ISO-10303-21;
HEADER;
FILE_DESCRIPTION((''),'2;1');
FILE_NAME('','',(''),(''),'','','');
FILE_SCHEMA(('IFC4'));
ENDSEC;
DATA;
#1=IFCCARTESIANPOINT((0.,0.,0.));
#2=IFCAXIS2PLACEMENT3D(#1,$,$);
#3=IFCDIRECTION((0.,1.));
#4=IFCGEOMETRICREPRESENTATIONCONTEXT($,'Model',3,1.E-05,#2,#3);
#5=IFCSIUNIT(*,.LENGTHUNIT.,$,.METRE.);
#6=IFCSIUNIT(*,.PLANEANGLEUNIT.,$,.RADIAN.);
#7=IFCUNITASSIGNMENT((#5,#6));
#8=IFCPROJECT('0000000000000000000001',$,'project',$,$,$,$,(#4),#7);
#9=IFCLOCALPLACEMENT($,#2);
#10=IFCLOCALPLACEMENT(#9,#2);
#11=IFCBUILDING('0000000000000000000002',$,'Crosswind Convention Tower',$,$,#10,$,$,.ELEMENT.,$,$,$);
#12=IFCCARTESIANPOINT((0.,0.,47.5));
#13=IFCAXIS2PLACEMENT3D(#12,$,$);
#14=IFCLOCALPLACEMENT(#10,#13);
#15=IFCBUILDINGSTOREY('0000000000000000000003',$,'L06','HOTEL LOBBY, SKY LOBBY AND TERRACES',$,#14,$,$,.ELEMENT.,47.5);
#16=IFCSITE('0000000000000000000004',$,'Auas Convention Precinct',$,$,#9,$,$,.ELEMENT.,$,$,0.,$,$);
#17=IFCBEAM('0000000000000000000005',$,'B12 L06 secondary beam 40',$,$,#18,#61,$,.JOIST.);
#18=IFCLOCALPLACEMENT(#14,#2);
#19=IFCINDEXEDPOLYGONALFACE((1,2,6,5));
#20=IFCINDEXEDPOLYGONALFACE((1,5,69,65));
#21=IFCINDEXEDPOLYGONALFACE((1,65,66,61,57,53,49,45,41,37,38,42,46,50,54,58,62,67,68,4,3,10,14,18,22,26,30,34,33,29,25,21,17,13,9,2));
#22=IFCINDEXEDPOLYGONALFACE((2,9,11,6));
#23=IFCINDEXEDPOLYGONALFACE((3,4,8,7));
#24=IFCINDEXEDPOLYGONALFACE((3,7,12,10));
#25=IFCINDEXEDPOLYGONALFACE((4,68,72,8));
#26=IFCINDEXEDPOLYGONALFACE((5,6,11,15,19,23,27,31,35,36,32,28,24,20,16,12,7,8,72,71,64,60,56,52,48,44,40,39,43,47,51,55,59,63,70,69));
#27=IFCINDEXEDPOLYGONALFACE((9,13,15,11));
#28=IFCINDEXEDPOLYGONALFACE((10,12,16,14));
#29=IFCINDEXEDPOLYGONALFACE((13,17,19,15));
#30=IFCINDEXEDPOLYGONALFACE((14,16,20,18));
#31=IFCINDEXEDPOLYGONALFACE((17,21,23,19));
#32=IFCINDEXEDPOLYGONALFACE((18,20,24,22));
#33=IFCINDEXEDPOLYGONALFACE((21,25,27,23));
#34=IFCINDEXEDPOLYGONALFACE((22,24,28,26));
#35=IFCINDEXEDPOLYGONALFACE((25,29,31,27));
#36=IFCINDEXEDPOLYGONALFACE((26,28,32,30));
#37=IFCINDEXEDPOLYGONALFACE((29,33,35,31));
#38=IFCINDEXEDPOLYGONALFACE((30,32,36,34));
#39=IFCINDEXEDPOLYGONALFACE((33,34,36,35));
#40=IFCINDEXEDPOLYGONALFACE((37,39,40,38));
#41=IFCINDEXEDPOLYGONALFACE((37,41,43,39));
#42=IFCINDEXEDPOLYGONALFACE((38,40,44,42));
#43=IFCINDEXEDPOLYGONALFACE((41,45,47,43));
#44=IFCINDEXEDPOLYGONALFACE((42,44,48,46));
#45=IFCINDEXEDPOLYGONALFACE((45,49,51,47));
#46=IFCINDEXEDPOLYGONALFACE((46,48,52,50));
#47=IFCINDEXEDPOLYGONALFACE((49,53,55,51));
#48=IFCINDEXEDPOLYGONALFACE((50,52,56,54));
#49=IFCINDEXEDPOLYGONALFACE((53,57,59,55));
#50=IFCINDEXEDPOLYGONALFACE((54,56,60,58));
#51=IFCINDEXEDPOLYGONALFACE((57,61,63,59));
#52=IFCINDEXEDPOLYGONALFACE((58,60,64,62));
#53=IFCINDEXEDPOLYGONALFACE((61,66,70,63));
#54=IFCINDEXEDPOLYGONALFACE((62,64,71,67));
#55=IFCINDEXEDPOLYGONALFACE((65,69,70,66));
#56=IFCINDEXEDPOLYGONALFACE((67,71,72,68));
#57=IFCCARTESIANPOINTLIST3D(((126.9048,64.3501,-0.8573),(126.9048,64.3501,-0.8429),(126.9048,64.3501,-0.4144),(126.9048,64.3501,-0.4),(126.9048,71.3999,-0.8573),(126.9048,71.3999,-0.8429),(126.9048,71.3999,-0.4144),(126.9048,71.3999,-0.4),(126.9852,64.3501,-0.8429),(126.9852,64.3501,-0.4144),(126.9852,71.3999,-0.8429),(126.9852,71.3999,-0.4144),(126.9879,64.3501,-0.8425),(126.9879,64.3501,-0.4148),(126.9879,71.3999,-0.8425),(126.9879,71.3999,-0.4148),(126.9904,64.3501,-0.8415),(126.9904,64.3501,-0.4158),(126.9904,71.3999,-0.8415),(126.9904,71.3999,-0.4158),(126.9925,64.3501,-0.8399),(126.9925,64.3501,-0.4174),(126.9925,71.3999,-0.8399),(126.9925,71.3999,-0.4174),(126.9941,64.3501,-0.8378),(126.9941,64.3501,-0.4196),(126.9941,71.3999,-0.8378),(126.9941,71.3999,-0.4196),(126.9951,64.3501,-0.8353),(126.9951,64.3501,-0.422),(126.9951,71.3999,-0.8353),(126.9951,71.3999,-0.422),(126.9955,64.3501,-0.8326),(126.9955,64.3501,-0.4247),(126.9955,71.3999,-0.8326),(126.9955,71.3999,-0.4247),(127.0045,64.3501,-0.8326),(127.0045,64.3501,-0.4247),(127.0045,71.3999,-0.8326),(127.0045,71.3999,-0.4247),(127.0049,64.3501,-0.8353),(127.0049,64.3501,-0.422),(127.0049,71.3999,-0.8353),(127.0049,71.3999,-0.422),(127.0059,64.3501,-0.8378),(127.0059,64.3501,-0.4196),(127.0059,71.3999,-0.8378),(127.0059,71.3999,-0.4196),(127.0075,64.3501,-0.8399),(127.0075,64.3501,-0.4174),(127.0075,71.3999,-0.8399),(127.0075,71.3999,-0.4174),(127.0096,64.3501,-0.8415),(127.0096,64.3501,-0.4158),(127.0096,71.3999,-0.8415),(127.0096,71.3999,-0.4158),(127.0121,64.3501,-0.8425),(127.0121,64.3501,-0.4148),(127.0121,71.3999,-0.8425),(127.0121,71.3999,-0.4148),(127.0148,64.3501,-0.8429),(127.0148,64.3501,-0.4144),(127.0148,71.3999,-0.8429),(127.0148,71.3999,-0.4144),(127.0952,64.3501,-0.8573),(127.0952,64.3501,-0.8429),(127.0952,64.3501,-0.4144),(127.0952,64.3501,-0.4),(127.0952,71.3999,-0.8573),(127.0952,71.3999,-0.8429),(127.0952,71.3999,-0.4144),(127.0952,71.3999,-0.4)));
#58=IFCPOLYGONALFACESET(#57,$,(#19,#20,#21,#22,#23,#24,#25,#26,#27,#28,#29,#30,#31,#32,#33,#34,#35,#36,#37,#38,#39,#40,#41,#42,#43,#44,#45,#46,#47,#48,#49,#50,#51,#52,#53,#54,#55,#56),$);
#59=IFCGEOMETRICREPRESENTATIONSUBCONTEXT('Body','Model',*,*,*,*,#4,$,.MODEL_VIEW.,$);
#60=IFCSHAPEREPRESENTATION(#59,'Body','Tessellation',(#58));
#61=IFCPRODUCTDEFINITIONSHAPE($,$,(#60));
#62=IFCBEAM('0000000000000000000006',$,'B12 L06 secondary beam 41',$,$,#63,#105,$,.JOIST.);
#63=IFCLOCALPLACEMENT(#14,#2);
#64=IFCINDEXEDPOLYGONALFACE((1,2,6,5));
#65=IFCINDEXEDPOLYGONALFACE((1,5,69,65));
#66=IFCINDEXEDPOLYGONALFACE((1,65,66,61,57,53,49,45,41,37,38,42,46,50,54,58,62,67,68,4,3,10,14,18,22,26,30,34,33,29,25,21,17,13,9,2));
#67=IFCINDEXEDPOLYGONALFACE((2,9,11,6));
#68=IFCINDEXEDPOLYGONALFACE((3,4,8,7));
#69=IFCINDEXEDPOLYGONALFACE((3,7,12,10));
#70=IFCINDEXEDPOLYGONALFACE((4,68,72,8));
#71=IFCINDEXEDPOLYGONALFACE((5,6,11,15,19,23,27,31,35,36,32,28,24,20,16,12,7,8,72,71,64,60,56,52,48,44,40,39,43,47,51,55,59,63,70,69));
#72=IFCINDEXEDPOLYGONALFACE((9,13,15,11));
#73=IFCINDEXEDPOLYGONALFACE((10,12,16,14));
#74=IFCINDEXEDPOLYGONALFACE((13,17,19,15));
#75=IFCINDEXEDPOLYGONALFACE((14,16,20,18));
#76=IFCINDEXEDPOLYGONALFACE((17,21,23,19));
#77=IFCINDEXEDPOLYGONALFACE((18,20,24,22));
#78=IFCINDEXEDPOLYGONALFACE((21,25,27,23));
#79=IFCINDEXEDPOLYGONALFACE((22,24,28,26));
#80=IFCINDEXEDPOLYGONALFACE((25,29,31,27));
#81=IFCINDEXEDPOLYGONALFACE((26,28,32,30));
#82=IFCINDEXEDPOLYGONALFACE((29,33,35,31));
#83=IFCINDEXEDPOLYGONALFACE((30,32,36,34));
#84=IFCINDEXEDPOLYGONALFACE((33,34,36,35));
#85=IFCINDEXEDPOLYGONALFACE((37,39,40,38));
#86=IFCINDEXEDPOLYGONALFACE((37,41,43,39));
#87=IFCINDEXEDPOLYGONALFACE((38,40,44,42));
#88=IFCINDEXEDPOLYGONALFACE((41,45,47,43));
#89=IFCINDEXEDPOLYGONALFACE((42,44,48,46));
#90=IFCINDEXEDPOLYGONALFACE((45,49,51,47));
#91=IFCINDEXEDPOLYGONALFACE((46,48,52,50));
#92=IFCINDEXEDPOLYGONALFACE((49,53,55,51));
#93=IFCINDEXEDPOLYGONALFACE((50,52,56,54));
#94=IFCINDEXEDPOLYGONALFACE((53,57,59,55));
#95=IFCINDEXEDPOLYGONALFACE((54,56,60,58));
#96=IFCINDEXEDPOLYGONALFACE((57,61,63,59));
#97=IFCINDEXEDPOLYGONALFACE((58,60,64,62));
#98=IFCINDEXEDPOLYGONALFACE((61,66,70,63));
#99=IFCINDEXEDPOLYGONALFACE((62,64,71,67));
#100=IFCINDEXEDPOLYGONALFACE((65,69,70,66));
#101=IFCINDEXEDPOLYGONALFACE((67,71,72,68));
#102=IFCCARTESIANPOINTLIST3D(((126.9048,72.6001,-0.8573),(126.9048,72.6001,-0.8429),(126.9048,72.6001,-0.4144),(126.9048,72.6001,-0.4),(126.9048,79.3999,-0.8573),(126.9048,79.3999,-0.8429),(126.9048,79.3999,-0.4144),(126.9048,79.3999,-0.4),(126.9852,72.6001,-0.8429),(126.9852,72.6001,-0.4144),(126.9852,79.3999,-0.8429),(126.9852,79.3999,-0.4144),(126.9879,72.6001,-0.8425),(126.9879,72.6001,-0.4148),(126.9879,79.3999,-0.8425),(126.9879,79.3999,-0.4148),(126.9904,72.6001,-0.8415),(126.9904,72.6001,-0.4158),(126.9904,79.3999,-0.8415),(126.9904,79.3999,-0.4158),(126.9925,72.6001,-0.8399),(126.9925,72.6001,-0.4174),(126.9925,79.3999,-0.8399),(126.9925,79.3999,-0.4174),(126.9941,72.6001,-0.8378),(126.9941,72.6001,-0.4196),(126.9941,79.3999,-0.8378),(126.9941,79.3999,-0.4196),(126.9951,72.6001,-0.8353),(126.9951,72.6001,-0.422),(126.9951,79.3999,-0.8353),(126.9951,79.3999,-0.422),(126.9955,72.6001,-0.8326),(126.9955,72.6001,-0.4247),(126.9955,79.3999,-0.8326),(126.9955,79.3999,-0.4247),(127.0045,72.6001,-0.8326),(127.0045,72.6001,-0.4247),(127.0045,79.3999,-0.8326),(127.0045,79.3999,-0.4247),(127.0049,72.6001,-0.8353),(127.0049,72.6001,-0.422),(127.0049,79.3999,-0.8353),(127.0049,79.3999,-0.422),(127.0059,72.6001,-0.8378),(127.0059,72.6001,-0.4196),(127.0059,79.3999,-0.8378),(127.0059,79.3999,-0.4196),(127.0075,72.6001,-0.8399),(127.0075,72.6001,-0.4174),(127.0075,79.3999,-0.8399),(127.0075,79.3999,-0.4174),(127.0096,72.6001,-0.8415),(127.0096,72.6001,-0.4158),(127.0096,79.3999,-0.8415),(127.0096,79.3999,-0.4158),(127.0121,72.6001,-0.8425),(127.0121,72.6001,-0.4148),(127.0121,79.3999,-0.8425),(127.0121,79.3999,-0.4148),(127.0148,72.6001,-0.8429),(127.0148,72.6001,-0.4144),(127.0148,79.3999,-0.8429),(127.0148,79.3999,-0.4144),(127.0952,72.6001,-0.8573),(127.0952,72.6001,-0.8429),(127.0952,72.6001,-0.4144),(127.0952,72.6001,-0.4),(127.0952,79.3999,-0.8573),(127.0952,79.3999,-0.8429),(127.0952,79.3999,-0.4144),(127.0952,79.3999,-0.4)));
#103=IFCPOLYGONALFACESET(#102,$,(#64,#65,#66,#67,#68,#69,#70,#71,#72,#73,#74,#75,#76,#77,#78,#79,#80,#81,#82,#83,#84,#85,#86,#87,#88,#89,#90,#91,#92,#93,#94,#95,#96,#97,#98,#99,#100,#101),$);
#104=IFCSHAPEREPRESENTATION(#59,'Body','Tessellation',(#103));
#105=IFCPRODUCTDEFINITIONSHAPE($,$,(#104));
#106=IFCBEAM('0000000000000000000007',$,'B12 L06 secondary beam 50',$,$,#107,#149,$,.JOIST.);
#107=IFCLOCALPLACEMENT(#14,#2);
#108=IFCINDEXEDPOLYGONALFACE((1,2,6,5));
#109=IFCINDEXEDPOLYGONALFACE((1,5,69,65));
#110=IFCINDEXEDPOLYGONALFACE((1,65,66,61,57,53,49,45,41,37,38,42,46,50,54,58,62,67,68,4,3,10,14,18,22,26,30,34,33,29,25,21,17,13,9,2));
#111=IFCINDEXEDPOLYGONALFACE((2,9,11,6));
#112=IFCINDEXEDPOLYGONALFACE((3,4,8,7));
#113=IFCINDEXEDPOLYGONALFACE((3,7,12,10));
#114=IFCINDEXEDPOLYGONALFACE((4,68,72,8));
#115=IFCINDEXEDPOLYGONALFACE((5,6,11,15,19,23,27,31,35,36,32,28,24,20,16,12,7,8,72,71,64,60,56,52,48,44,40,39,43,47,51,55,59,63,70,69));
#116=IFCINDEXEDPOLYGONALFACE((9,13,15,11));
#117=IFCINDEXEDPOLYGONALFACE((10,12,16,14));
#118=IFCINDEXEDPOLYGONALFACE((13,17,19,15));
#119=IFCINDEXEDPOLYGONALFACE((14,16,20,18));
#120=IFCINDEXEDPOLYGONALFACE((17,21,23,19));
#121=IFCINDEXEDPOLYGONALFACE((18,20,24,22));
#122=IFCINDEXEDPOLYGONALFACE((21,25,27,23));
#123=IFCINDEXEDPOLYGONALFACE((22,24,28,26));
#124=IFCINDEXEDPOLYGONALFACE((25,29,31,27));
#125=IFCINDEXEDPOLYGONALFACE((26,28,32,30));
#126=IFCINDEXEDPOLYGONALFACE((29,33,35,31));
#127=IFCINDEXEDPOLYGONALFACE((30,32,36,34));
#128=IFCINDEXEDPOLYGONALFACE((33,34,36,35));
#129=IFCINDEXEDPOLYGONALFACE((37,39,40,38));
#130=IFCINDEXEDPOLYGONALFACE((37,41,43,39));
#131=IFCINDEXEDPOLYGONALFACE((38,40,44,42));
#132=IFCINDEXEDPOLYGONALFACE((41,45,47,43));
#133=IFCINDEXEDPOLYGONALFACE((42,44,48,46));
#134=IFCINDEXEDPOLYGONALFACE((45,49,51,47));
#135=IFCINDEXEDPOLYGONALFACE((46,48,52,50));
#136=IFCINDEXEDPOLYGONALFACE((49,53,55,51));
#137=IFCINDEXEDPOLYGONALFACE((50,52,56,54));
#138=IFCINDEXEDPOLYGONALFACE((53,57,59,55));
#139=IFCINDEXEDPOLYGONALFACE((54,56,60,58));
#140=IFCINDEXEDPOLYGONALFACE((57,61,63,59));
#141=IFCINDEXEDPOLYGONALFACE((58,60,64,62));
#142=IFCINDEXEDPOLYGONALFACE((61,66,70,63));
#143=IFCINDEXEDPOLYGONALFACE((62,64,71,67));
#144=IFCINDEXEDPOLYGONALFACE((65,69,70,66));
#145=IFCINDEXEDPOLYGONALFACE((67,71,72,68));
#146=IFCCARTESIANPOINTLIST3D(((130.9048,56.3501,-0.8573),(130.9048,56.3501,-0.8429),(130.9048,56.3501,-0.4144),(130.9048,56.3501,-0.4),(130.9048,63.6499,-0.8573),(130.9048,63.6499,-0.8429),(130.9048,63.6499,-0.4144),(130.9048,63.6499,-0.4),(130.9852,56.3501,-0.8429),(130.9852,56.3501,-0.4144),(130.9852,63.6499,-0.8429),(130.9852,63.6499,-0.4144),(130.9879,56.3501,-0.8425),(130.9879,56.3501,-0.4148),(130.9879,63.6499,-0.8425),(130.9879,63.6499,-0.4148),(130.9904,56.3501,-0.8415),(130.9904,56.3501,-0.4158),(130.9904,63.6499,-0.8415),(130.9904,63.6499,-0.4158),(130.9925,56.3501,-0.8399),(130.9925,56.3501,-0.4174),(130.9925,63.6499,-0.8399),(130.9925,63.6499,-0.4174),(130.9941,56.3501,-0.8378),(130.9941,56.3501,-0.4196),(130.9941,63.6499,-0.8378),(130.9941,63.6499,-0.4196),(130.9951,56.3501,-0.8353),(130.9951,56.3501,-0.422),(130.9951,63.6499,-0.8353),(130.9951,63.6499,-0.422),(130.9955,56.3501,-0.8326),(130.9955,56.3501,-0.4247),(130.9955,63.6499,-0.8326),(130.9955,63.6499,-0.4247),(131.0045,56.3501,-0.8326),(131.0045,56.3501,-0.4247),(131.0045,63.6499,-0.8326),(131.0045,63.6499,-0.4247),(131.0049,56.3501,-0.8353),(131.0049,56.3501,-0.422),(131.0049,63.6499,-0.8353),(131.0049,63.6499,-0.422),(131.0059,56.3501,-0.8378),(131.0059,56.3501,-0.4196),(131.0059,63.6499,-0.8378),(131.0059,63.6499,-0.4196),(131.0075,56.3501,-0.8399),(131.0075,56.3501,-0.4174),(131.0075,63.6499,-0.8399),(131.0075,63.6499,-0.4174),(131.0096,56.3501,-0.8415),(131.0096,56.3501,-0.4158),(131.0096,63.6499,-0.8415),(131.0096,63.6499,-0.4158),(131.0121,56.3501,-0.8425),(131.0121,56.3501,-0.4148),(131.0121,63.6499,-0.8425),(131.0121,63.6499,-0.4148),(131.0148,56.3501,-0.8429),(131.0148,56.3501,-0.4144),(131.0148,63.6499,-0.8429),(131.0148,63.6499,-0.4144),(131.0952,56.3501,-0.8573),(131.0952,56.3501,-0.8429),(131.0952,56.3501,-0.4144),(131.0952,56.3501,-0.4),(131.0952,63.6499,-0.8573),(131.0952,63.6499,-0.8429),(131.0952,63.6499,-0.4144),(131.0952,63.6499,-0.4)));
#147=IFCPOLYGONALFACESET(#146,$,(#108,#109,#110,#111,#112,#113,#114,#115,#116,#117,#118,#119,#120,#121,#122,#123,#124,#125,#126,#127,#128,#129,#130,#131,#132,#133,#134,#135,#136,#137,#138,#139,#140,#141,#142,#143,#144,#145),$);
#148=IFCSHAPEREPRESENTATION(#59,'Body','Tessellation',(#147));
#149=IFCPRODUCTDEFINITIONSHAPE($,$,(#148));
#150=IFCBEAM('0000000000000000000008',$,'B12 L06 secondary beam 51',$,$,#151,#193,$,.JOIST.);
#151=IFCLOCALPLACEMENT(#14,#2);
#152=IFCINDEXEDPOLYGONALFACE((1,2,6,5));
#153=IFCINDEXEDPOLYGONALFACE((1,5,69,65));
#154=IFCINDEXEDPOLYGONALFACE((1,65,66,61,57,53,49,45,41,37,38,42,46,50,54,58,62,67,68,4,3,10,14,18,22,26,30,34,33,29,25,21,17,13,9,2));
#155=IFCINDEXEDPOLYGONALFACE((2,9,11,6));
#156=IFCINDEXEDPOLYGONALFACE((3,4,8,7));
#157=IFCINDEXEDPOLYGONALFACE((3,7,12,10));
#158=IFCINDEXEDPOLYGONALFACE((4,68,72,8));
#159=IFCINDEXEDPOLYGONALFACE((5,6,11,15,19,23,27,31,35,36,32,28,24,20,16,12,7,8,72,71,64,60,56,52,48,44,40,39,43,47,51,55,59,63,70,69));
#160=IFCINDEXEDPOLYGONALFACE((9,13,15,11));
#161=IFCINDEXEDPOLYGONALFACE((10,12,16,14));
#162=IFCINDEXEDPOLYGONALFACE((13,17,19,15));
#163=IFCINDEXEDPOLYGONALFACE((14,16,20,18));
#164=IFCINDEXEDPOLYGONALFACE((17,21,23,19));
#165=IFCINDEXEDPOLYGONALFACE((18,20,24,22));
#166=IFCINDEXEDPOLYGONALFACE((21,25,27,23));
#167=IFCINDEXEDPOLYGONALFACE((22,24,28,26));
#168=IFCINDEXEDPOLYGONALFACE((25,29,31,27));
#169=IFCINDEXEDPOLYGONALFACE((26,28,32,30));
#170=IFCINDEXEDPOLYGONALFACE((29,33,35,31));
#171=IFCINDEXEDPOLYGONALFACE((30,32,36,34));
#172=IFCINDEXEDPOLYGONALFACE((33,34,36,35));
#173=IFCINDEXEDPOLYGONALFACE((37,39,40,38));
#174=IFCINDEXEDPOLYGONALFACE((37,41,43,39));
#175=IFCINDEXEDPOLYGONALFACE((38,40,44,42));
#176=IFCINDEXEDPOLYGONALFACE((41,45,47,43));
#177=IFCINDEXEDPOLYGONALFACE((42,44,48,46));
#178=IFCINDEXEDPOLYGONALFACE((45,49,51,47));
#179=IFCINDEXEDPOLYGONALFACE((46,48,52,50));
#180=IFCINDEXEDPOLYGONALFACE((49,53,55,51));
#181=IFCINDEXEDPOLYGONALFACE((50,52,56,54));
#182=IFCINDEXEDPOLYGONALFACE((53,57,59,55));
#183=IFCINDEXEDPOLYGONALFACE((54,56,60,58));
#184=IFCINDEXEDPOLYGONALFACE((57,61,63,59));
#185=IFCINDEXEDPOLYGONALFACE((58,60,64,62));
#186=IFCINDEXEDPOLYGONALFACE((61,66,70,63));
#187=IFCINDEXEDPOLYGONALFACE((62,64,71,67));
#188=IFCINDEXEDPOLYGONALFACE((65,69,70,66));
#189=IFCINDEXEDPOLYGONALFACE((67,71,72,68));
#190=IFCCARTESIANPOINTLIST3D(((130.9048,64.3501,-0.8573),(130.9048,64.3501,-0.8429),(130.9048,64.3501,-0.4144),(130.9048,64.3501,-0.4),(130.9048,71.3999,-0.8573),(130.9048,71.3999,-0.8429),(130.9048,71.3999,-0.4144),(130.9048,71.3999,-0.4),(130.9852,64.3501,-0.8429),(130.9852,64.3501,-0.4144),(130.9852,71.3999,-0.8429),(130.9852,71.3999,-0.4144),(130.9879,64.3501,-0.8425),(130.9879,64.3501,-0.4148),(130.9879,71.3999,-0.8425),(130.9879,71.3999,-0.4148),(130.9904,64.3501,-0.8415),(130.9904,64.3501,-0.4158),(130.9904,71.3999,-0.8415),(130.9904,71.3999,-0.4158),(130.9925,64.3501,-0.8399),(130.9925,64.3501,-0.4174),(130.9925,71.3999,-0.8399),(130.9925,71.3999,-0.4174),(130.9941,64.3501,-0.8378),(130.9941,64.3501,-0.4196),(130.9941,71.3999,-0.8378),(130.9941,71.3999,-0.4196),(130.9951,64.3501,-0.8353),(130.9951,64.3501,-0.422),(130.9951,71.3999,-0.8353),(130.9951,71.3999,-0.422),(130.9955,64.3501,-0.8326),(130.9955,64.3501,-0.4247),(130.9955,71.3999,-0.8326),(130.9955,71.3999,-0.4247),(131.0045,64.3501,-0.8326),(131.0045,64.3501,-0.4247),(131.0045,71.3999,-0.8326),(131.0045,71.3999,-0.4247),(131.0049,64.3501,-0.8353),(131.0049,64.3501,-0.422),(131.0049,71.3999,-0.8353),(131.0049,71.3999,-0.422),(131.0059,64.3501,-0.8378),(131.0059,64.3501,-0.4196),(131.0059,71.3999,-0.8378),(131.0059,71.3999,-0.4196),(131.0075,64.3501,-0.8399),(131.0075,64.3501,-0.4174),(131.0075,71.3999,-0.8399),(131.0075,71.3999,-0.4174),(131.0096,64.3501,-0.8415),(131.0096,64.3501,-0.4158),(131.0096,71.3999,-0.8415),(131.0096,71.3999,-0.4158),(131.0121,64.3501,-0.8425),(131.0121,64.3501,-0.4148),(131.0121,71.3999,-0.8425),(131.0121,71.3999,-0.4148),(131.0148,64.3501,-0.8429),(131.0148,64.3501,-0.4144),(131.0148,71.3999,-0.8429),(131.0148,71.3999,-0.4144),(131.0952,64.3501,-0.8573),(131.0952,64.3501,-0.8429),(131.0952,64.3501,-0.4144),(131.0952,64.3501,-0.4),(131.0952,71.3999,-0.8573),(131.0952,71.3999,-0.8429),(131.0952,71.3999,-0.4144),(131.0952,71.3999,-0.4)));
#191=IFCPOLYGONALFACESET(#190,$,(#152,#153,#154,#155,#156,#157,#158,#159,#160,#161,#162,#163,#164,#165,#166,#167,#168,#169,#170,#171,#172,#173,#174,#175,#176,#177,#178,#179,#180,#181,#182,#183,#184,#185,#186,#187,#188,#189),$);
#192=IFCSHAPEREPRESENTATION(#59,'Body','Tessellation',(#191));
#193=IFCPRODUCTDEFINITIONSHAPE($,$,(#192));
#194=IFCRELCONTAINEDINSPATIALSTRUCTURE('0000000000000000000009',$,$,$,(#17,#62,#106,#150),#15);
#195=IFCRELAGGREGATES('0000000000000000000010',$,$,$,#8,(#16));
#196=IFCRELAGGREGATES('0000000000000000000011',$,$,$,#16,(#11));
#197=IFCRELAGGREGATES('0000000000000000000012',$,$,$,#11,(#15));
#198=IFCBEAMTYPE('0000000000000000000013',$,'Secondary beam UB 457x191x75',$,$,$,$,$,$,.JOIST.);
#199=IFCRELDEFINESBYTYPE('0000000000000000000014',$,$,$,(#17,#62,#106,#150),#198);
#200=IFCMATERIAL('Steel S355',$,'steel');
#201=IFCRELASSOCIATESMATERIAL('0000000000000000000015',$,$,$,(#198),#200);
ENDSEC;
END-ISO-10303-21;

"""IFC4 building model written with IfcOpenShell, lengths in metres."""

from ifc_helpers import new_model, si_unit, direction, frame, origin, origin_2d, place, context, subcontext, project, spatial, i_section, extrude, material, material_profile, profile_set, type_object, element, save


model = new_model("IFC4")

# Units and contexts
model_context = context("Model", 3, precision=1e-05, world=origin(), true_north=direction((0.0, 1.0)))
body_context = subcontext(model_context, "Body", "Model", "MODEL_VIEW")
ifc_project = project(units=[si_unit("LENGTHUNIT", "METRE"), si_unit("PLANEANGLEUNIT", "RADIAN")], contexts=[model_context])

# Site, building, storey
site_placement = place(None, origin())
site = spatial("IfcSite", under=ifc_project, at=site_placement, Name="Auas Convention Precinct", CompositionType="ELEMENT", RefElevation=0.0)
building_placement = place(site_placement, origin())
building = spatial("IfcBuilding", under=site, at=building_placement, Name="Crosswind Convention Tower", CompositionType="ELEMENT")
storey_placement = place(building_placement, frame((0.0, 0.0, 47.5)))
storey = spatial("IfcBuildingStorey", under=building, at=storey_placement, Name="L06", Description="HOTEL LOBBY, SKY LOBBY AND TERRACES", CompositionType="ELEMENT", Elevation=47.5)

# Beams
ifc_material_1 = material(Name="Steel S355", Category="steel")
ifc_material_profile_1 = material_profile(ifc_material_1, i_section(OverallWidth=0.1904, OverallDepth=0.4573, WebThickness=0.009, FlangeThickness=0.0144, FilletRadius=0.0103, at=origin_2d()), Name="UB 457x191x75")
ifc_profile_set_1 = profile_set([ifc_material_profile_1], Name="Steel S355")
beam_type_1 = type_object("IfcBeamType", Name="Secondary beam UB 457x191x75", PredefinedType="JOIST", material=ifc_profile_set_1)
beam_1_placement = place(storey_placement, frame((127.0, 64.3501, -0.6287), z_axis=(0.0, 1.0, 0.0), x_axis=(-1.0, 0.0, 0.0)))
element("IfcBeam", 1, at=beam_1_placement, inside=storey, type_object=beam_type_1, Name="B12 L06 secondary beam 40", PredefinedType="JOIST", context=body_context, shape_type="SweptSolid", body=[
    extrude(i_section(OverallWidth=0.1904, OverallDepth=0.4573, WebThickness=0.009, FlangeThickness=0.0144, FilletRadius=0.0103, at=origin_2d()), origin(), (0.0, 0.0, 1.0), 7.0498),
])
beam_2_placement = place(storey_placement, frame((127.0, 72.6001, -0.6287), z_axis=(0.0, 1.0, 0.0), x_axis=(-1.0, 0.0, 0.0)))
element("IfcBeam", 2, at=beam_2_placement, inside=storey, type_object=beam_type_1, Name="B12 L06 secondary beam 41", PredefinedType="JOIST", context=body_context, shape_type="SweptSolid", body=[
    extrude(i_section(OverallWidth=0.1904, OverallDepth=0.4573, WebThickness=0.009, FlangeThickness=0.0144, FilletRadius=0.0103, at=origin_2d()), origin(), (0.0, 0.0, 1.0), 6.7998),
])
beam_3_placement = place(storey_placement, frame((131.0, 56.3501, -0.6287), z_axis=(0.0, 1.0, 0.0), x_axis=(-1.0, 0.0, 0.0)))
element("IfcBeam", 3, at=beam_3_placement, inside=storey, type_object=beam_type_1, Name="B12 L06 secondary beam 50", PredefinedType="JOIST", context=body_context, shape_type="SweptSolid", body=[
    extrude(i_section(OverallWidth=0.1904, OverallDepth=0.4573, WebThickness=0.009, FlangeThickness=0.0144, FilletRadius=0.0103, at=origin_2d()), origin(), (0.0, 0.0, 1.0), 7.2998),
])
beam_4_placement = place(storey_placement, frame((131.0, 64.3501, -0.6287), z_axis=(0.0, 1.0, 0.0), x_axis=(-1.0, 0.0, 0.0)))
element("IfcBeam", 4, at=beam_4_placement, inside=storey, type_object=beam_type_1, Name="B12 L06 secondary beam 51", PredefinedType="JOIST", context=body_context, shape_type="SweptSolid", body=[
    extrude(i_section(OverallWidth=0.1904, OverallDepth=0.4573, WebThickness=0.009, FlangeThickness=0.0144, FilletRadius=0.0103, at=origin_2d()), origin(), (0.0, 0.0, 1.0), 7.0498),
])

save(model, "model.ifc")
